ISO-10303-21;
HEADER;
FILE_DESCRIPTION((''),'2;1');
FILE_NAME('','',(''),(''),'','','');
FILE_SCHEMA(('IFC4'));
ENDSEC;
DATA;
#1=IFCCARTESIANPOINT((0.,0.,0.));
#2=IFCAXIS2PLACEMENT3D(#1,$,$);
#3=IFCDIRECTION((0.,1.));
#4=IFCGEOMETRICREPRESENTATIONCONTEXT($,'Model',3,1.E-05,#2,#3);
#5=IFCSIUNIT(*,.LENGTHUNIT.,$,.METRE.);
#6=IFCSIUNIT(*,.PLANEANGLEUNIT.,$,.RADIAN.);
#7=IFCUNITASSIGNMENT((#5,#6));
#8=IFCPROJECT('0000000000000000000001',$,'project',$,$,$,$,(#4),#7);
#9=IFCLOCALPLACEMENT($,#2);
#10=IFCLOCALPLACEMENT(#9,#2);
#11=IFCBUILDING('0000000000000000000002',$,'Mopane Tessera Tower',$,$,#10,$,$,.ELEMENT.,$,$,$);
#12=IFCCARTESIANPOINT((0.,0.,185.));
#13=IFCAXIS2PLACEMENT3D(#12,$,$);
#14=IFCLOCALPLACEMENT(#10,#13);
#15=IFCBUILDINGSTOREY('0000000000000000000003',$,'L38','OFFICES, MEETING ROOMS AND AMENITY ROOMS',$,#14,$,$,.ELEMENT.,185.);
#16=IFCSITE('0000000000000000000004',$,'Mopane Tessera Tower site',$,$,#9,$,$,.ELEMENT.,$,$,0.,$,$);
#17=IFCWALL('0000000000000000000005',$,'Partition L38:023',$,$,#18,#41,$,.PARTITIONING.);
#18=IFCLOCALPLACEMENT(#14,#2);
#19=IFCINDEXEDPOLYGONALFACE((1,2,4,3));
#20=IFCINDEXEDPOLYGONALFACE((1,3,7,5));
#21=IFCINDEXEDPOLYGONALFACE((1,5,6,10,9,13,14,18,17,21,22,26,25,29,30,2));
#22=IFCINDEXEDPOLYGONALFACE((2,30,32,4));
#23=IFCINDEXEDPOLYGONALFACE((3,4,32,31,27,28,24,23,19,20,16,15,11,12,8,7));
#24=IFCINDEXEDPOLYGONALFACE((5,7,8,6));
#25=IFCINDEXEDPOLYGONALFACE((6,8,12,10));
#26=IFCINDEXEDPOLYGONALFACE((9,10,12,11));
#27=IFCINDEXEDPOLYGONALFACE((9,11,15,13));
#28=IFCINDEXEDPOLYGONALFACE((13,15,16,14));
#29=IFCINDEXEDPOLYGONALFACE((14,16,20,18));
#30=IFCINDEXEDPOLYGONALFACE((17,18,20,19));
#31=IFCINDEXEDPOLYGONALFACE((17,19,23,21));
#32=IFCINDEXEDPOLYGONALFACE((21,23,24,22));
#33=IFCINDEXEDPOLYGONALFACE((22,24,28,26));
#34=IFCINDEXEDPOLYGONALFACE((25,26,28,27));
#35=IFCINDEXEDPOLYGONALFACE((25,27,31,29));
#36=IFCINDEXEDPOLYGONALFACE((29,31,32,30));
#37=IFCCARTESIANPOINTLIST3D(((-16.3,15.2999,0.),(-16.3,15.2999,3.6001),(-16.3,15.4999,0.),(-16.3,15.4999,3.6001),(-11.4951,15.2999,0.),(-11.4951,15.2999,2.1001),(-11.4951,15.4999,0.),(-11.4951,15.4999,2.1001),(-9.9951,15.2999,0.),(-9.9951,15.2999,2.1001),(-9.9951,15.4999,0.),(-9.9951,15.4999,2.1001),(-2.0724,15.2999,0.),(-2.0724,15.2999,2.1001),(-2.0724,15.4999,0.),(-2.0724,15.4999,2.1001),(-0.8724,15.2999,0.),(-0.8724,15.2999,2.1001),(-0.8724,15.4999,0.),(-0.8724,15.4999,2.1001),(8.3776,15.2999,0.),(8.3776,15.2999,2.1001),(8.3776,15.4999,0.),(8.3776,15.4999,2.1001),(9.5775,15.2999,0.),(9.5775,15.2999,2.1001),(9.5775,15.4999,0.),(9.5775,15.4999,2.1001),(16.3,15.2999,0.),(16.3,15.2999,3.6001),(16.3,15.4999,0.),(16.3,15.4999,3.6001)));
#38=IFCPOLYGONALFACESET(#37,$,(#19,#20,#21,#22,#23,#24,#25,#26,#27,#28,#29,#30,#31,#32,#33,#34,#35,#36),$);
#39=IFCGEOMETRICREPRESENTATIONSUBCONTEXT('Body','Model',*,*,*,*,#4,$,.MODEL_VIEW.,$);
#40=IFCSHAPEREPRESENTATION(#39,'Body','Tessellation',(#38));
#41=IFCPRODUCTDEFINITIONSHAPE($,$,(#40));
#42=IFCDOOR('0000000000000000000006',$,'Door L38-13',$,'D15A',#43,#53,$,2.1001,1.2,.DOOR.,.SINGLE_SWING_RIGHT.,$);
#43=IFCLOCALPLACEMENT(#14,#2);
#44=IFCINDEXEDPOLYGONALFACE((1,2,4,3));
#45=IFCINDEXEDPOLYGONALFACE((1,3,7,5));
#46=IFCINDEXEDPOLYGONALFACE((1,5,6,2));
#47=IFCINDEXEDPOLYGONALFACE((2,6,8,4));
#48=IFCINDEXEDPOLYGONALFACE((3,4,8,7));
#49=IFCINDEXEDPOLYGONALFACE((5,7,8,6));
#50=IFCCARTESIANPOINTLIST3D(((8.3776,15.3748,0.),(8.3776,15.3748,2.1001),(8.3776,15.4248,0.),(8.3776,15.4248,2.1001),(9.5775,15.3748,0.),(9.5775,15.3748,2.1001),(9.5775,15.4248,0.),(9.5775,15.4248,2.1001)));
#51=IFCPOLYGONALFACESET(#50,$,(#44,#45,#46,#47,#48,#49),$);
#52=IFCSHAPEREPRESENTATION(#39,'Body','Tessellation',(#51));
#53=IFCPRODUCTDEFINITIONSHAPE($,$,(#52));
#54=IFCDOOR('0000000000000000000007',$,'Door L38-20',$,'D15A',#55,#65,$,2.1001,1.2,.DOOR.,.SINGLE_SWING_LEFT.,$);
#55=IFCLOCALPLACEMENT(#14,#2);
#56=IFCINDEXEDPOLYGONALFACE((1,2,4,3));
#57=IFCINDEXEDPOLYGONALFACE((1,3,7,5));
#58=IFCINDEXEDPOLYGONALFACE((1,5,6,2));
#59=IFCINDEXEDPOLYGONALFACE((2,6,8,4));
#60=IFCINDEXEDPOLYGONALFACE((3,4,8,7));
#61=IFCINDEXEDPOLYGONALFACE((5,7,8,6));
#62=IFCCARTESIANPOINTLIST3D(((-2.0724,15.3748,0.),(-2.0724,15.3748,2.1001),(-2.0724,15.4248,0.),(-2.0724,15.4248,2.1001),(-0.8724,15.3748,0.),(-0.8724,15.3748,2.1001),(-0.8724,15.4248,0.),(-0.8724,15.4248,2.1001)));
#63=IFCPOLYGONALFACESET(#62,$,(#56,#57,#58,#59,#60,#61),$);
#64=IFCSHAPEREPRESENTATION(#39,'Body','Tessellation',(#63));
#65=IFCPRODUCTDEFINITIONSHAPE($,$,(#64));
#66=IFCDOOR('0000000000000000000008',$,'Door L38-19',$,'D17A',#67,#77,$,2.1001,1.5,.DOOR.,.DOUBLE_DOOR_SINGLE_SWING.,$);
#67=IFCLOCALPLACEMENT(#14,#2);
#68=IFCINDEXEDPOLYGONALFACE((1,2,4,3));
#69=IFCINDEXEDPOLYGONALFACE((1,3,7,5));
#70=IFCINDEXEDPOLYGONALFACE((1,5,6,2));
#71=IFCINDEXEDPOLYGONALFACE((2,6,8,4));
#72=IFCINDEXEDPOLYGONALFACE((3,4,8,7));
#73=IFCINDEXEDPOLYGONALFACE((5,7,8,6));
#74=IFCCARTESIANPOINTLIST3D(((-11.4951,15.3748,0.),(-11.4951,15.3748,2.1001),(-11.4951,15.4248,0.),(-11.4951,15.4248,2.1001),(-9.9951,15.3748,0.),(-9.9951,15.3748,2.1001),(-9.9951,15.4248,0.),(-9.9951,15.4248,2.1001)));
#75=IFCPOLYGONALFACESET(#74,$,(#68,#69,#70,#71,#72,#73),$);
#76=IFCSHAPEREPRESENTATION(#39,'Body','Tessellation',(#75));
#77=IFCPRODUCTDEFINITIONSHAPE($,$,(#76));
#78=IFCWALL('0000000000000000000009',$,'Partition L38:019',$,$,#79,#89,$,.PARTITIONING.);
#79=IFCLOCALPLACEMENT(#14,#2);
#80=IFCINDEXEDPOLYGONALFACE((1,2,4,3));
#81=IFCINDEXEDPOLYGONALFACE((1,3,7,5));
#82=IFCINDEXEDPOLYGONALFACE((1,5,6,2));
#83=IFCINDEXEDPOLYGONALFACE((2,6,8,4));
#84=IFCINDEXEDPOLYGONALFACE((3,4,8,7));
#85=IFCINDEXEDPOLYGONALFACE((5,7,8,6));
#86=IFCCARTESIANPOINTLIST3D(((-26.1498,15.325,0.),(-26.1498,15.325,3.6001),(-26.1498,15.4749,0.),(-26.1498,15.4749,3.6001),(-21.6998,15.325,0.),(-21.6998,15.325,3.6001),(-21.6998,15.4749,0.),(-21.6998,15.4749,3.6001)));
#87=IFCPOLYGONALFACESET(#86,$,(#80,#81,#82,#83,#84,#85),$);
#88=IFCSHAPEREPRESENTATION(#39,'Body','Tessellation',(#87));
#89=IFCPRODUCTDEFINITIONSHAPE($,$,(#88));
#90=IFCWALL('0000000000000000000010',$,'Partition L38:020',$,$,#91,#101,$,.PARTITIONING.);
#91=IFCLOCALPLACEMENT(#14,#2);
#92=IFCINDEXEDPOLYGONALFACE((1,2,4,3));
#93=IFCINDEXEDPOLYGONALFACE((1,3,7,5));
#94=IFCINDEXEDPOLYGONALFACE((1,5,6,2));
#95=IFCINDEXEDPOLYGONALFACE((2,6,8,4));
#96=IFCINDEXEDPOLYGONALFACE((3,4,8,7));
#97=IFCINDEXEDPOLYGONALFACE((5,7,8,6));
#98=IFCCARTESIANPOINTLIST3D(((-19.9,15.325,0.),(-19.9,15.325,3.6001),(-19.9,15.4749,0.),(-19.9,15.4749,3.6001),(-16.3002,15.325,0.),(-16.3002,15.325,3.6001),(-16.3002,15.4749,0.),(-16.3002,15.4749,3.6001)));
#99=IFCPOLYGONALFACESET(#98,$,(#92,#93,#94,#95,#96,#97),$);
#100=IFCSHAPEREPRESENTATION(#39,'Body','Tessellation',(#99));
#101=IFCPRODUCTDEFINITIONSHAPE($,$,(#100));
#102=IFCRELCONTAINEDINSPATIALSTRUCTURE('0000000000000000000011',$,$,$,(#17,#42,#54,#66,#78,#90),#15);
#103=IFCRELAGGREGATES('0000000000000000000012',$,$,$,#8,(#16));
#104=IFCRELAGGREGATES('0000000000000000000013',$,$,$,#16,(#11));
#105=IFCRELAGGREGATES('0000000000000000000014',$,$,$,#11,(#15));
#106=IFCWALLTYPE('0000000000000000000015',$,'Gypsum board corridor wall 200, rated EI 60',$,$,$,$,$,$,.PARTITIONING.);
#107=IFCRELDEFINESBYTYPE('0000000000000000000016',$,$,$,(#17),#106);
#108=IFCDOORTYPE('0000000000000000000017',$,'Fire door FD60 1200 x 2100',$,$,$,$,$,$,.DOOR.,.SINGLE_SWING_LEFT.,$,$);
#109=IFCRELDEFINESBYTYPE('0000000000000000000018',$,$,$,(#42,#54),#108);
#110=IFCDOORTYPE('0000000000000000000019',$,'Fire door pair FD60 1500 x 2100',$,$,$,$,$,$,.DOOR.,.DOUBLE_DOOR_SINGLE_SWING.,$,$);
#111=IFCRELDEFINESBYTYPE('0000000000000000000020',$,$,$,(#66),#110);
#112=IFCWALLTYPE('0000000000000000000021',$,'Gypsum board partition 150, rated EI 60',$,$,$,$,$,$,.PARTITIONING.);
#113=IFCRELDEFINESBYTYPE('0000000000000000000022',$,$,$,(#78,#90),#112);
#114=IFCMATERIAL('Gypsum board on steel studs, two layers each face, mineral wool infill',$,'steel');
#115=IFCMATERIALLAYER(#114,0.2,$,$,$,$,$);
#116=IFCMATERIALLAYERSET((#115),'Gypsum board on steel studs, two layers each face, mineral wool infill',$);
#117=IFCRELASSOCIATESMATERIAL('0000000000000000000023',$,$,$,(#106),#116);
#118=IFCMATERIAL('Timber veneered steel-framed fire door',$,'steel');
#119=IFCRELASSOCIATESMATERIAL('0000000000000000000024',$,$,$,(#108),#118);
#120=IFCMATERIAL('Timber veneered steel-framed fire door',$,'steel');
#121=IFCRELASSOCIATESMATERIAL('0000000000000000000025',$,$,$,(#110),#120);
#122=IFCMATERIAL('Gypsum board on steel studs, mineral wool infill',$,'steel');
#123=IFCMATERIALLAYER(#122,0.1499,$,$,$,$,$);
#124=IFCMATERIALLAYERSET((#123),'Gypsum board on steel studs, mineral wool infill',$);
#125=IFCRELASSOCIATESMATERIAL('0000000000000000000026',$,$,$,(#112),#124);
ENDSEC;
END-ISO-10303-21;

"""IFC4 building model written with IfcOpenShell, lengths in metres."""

from ifc_helpers import new_model, si_unit, direction, frame, frame_2d, origin, place, context, subcontext, project, spatial, rectangle, extrude, material, layer, layer_set, type_object, element, fill, save


model = new_model("IFC4")

# Units and contexts
model_context = context("Model", 3, precision=1e-05, world=origin(), true_north=direction((0.0, 1.0)))
body_context = subcontext(model_context, "Body", "Model", "MODEL_VIEW")
ifc_project = project(units=[si_unit("LENGTHUNIT", "METRE"), si_unit("PLANEANGLEUNIT", "RADIAN")], contexts=[model_context])

# Site, building, storey
site_placement = place(None, origin())
site = spatial("IfcSite", under=ifc_project, at=site_placement, Name="Mopane Tessera Tower site", CompositionType="ELEMENT", RefElevation=0.0)
building_placement = place(site_placement, origin())
building = spatial("IfcBuilding", under=site, at=building_placement, Name="Mopane Tessera Tower", CompositionType="ELEMENT")
storey_placement = place(building_placement, frame((0.0, 0.0, 185.0)))
storey = spatial("IfcBuildingStorey", under=building, at=storey_placement, Name="L38", Description="OFFICES, MEETING ROOMS AND AMENITY ROOMS", CompositionType="ELEMENT", Elevation=185.0)

# Shared definitions
ifc_material_1 = material(Name="Gypsum board on steel studs, two layers each face, mineral wool infill", Category="steel")
ifc_layer_1 = layer(ifc_material_1, 0.2)
ifc_layer_set_1 = layer_set([ifc_layer_1], Name="Gypsum board on steel studs, two layers each face, mineral wool infill")
wall_type_1 = type_object("IfcWallType", Name="Gypsum board corridor wall 200, rated EI 60", PredefinedType="PARTITIONING", material=ifc_layer_set_1)

# Wall, openings, doors
wall_1_placement = place(storey_placement, frame((-16.3, 15.3999, 0.0), z_axis=(0.0, 0.0, 1.0), x_axis=(1.0, 0.0, 0.0)))
wall_1 = element("IfcWall", 1, at=wall_1_placement, inside=storey, type_object=wall_type_1, Name="Partition L38:023", PredefinedType="PARTITIONING", context=body_context, shape_type="SweptSolid", body=[
    extrude(rectangle(XDim=32.6001, YDim=0.2, at=frame_2d((16.3, 0.0))), origin(), (0.0, 0.0, 1.0), 3.6001),
])
opening_1_placement = place(wall_1_placement, frame((24.6775, 0.0, 0.0)))
opening_1 = element("IfcOpeningElement", 2, at=opening_1_placement, cuts=wall_1, PredefinedType="OPENING", context=body_context, shape_type="SweptSolid", body=[
    extrude(rectangle(XDim=1.2, YDim=2.1001, at=frame_2d((0.6001, 1.05))), frame((0.0, 0.1121, 0.0), z_axis=(0.0, -1.0, 0.0), x_axis=(1.0, 0.0, 0.0)), (0.0, 0.0, 1.0), 0.2239),
])
opening_2_placement = place(wall_1_placement, frame((4.8049, 0.0, 0.0)))
opening_2 = element("IfcOpeningElement", 3, at=opening_2_placement, cuts=wall_1, PredefinedType="OPENING", context=body_context, shape_type="SweptSolid", body=[
    extrude(rectangle(XDim=1.5, YDim=2.1001, at=frame_2d((0.75, 1.05))), frame((0.0, 0.1121, 0.0), z_axis=(0.0, -1.0, 0.0), x_axis=(1.0, 0.0, 0.0)), (0.0, 0.0, 1.0), 0.2239),
])
opening_3_placement = place(wall_1_placement, frame((14.2275, 0.0, 0.0)))
opening_3 = element("IfcOpeningElement", 4, at=opening_3_placement, cuts=wall_1, PredefinedType="OPENING", context=body_context, shape_type="SweptSolid", body=[
    extrude(rectangle(XDim=1.2, YDim=2.1001, at=frame_2d((0.6001, 1.05))), frame((0.0, 0.1121, 0.0), z_axis=(0.0, -1.0, 0.0), x_axis=(1.0, 0.0, 0.0)), (0.0, 0.0, 1.0), 0.2239),
])
ifc_material_2 = material(Name="Timber veneered steel-framed fire door", Category="steel")
door_type_1 = type_object("IfcDoorType", Name="Fire door FD60 1200 x 2100", OperationType="SINGLE_SWING_LEFT", PredefinedType="DOOR", material=ifc_material_2)
door_1_placement = place(opening_1_placement, origin())
door_1 = element("IfcDoor", 5, at=door_1_placement, inside=storey, type_object=door_type_1, Name="Door L38-13", ObjectType="D15A", OperationType="SINGLE_SWING_RIGHT", OverallHeight=2.1001, OverallWidth=1.2, PredefinedType="DOOR", context=body_context, shape_type="SweptSolid", body=[
    extrude(rectangle(XDim=1.2, YDim=2.1001, at=frame_2d((0.6001, 1.05))), frame((0.0, 0.0249, 0.0), z_axis=(0.0, -1.0, 0.0), x_axis=(1.0, 0.0, 0.0)), (0.0, 0.0, 1.0), 0.05),
])
fill(opening_1, door_1)
door_2_placement = place(opening_3_placement, origin())
door_2 = element("IfcDoor", 6, at=door_2_placement, inside=storey, type_object=door_type_1, Name="Door L38-20", ObjectType="D15A", OperationType="SINGLE_SWING_LEFT", OverallHeight=2.1001, OverallWidth=1.2, PredefinedType="DOOR", context=body_context, shape_type="SweptSolid", body=[
    extrude(rectangle(XDim=1.2, YDim=2.1001, at=frame_2d((0.6001, 1.05))), frame((0.0, 0.0249, 0.0), z_axis=(0.0, -1.0, 0.0), x_axis=(1.0, 0.0, 0.0)), (0.0, 0.0, 1.0), 0.05),
])
fill(opening_3, door_2)
ifc_material_3 = material(Name="Timber veneered steel-framed fire door", Category="steel")
door_type_2 = type_object("IfcDoorType", Name="Fire door pair FD60 1500 x 2100", OperationType="DOUBLE_DOOR_SINGLE_SWING", PredefinedType="DOOR", material=ifc_material_3)
door_3_placement = place(opening_2_placement, origin())
door_3 = element("IfcDoor", 7, at=door_3_placement, inside=storey, type_object=door_type_2, Name="Door L38-19", ObjectType="D17A", OperationType="DOUBLE_DOOR_SINGLE_SWING", OverallHeight=2.1001, OverallWidth=1.5, PredefinedType="DOOR", context=body_context, shape_type="SweptSolid", body=[
    extrude(rectangle(XDim=1.5, YDim=2.1001, at=frame_2d((0.75, 1.05))), frame((0.0, 0.0249, 0.0), z_axis=(0.0, -1.0, 0.0), x_axis=(1.0, 0.0, 0.0)), (0.0, 0.0, 1.0), 0.05),
])
fill(opening_2, door_3)

# Walls
ifc_material_4 = material(Name="Gypsum board on steel studs, mineral wool infill", Category="steel")
ifc_layer_2 = layer(ifc_material_4, 0.1499)
ifc_layer_set_2 = layer_set([ifc_layer_2], Name="Gypsum board on steel studs, mineral wool infill")
wall_type_2 = type_object("IfcWallType", Name="Gypsum board partition 150, rated EI 60", PredefinedType="PARTITIONING", material=ifc_layer_set_2)
wall_2_placement = place(storey_placement, frame((-26.1499, 15.3999, 0.0), z_axis=(0.0, 0.0, 1.0), x_axis=(1.0, 0.0, 0.0)))
element("IfcWall", 8, at=wall_2_placement, inside=storey, type_object=wall_type_2, Name="Partition L38:019", PredefinedType="PARTITIONING", context=body_context, shape_type="SweptSolid", body=[
    extrude(rectangle(XDim=4.45, YDim=0.1499, at=frame_2d((2.2251, 0.0))), origin(), (0.0, 0.0, 1.0), 3.6001),
])
wall_3_placement = place(storey_placement, frame((-19.8999, 15.3999, 0.0), z_axis=(0.0, 0.0, 1.0), x_axis=(1.0, 0.0, 0.0)))
element("IfcWall", 9, at=wall_3_placement, inside=storey, type_object=wall_type_2, Name="Partition L38:020", PredefinedType="PARTITIONING", context=body_context, shape_type="SweptSolid", body=[
    extrude(rectangle(XDim=3.5999, YDim=0.1499, at=frame_2d((1.7998, 0.0))), origin(), (0.0, 0.0, 1.0), 3.6001),
])

save(model, "model.ifc")
